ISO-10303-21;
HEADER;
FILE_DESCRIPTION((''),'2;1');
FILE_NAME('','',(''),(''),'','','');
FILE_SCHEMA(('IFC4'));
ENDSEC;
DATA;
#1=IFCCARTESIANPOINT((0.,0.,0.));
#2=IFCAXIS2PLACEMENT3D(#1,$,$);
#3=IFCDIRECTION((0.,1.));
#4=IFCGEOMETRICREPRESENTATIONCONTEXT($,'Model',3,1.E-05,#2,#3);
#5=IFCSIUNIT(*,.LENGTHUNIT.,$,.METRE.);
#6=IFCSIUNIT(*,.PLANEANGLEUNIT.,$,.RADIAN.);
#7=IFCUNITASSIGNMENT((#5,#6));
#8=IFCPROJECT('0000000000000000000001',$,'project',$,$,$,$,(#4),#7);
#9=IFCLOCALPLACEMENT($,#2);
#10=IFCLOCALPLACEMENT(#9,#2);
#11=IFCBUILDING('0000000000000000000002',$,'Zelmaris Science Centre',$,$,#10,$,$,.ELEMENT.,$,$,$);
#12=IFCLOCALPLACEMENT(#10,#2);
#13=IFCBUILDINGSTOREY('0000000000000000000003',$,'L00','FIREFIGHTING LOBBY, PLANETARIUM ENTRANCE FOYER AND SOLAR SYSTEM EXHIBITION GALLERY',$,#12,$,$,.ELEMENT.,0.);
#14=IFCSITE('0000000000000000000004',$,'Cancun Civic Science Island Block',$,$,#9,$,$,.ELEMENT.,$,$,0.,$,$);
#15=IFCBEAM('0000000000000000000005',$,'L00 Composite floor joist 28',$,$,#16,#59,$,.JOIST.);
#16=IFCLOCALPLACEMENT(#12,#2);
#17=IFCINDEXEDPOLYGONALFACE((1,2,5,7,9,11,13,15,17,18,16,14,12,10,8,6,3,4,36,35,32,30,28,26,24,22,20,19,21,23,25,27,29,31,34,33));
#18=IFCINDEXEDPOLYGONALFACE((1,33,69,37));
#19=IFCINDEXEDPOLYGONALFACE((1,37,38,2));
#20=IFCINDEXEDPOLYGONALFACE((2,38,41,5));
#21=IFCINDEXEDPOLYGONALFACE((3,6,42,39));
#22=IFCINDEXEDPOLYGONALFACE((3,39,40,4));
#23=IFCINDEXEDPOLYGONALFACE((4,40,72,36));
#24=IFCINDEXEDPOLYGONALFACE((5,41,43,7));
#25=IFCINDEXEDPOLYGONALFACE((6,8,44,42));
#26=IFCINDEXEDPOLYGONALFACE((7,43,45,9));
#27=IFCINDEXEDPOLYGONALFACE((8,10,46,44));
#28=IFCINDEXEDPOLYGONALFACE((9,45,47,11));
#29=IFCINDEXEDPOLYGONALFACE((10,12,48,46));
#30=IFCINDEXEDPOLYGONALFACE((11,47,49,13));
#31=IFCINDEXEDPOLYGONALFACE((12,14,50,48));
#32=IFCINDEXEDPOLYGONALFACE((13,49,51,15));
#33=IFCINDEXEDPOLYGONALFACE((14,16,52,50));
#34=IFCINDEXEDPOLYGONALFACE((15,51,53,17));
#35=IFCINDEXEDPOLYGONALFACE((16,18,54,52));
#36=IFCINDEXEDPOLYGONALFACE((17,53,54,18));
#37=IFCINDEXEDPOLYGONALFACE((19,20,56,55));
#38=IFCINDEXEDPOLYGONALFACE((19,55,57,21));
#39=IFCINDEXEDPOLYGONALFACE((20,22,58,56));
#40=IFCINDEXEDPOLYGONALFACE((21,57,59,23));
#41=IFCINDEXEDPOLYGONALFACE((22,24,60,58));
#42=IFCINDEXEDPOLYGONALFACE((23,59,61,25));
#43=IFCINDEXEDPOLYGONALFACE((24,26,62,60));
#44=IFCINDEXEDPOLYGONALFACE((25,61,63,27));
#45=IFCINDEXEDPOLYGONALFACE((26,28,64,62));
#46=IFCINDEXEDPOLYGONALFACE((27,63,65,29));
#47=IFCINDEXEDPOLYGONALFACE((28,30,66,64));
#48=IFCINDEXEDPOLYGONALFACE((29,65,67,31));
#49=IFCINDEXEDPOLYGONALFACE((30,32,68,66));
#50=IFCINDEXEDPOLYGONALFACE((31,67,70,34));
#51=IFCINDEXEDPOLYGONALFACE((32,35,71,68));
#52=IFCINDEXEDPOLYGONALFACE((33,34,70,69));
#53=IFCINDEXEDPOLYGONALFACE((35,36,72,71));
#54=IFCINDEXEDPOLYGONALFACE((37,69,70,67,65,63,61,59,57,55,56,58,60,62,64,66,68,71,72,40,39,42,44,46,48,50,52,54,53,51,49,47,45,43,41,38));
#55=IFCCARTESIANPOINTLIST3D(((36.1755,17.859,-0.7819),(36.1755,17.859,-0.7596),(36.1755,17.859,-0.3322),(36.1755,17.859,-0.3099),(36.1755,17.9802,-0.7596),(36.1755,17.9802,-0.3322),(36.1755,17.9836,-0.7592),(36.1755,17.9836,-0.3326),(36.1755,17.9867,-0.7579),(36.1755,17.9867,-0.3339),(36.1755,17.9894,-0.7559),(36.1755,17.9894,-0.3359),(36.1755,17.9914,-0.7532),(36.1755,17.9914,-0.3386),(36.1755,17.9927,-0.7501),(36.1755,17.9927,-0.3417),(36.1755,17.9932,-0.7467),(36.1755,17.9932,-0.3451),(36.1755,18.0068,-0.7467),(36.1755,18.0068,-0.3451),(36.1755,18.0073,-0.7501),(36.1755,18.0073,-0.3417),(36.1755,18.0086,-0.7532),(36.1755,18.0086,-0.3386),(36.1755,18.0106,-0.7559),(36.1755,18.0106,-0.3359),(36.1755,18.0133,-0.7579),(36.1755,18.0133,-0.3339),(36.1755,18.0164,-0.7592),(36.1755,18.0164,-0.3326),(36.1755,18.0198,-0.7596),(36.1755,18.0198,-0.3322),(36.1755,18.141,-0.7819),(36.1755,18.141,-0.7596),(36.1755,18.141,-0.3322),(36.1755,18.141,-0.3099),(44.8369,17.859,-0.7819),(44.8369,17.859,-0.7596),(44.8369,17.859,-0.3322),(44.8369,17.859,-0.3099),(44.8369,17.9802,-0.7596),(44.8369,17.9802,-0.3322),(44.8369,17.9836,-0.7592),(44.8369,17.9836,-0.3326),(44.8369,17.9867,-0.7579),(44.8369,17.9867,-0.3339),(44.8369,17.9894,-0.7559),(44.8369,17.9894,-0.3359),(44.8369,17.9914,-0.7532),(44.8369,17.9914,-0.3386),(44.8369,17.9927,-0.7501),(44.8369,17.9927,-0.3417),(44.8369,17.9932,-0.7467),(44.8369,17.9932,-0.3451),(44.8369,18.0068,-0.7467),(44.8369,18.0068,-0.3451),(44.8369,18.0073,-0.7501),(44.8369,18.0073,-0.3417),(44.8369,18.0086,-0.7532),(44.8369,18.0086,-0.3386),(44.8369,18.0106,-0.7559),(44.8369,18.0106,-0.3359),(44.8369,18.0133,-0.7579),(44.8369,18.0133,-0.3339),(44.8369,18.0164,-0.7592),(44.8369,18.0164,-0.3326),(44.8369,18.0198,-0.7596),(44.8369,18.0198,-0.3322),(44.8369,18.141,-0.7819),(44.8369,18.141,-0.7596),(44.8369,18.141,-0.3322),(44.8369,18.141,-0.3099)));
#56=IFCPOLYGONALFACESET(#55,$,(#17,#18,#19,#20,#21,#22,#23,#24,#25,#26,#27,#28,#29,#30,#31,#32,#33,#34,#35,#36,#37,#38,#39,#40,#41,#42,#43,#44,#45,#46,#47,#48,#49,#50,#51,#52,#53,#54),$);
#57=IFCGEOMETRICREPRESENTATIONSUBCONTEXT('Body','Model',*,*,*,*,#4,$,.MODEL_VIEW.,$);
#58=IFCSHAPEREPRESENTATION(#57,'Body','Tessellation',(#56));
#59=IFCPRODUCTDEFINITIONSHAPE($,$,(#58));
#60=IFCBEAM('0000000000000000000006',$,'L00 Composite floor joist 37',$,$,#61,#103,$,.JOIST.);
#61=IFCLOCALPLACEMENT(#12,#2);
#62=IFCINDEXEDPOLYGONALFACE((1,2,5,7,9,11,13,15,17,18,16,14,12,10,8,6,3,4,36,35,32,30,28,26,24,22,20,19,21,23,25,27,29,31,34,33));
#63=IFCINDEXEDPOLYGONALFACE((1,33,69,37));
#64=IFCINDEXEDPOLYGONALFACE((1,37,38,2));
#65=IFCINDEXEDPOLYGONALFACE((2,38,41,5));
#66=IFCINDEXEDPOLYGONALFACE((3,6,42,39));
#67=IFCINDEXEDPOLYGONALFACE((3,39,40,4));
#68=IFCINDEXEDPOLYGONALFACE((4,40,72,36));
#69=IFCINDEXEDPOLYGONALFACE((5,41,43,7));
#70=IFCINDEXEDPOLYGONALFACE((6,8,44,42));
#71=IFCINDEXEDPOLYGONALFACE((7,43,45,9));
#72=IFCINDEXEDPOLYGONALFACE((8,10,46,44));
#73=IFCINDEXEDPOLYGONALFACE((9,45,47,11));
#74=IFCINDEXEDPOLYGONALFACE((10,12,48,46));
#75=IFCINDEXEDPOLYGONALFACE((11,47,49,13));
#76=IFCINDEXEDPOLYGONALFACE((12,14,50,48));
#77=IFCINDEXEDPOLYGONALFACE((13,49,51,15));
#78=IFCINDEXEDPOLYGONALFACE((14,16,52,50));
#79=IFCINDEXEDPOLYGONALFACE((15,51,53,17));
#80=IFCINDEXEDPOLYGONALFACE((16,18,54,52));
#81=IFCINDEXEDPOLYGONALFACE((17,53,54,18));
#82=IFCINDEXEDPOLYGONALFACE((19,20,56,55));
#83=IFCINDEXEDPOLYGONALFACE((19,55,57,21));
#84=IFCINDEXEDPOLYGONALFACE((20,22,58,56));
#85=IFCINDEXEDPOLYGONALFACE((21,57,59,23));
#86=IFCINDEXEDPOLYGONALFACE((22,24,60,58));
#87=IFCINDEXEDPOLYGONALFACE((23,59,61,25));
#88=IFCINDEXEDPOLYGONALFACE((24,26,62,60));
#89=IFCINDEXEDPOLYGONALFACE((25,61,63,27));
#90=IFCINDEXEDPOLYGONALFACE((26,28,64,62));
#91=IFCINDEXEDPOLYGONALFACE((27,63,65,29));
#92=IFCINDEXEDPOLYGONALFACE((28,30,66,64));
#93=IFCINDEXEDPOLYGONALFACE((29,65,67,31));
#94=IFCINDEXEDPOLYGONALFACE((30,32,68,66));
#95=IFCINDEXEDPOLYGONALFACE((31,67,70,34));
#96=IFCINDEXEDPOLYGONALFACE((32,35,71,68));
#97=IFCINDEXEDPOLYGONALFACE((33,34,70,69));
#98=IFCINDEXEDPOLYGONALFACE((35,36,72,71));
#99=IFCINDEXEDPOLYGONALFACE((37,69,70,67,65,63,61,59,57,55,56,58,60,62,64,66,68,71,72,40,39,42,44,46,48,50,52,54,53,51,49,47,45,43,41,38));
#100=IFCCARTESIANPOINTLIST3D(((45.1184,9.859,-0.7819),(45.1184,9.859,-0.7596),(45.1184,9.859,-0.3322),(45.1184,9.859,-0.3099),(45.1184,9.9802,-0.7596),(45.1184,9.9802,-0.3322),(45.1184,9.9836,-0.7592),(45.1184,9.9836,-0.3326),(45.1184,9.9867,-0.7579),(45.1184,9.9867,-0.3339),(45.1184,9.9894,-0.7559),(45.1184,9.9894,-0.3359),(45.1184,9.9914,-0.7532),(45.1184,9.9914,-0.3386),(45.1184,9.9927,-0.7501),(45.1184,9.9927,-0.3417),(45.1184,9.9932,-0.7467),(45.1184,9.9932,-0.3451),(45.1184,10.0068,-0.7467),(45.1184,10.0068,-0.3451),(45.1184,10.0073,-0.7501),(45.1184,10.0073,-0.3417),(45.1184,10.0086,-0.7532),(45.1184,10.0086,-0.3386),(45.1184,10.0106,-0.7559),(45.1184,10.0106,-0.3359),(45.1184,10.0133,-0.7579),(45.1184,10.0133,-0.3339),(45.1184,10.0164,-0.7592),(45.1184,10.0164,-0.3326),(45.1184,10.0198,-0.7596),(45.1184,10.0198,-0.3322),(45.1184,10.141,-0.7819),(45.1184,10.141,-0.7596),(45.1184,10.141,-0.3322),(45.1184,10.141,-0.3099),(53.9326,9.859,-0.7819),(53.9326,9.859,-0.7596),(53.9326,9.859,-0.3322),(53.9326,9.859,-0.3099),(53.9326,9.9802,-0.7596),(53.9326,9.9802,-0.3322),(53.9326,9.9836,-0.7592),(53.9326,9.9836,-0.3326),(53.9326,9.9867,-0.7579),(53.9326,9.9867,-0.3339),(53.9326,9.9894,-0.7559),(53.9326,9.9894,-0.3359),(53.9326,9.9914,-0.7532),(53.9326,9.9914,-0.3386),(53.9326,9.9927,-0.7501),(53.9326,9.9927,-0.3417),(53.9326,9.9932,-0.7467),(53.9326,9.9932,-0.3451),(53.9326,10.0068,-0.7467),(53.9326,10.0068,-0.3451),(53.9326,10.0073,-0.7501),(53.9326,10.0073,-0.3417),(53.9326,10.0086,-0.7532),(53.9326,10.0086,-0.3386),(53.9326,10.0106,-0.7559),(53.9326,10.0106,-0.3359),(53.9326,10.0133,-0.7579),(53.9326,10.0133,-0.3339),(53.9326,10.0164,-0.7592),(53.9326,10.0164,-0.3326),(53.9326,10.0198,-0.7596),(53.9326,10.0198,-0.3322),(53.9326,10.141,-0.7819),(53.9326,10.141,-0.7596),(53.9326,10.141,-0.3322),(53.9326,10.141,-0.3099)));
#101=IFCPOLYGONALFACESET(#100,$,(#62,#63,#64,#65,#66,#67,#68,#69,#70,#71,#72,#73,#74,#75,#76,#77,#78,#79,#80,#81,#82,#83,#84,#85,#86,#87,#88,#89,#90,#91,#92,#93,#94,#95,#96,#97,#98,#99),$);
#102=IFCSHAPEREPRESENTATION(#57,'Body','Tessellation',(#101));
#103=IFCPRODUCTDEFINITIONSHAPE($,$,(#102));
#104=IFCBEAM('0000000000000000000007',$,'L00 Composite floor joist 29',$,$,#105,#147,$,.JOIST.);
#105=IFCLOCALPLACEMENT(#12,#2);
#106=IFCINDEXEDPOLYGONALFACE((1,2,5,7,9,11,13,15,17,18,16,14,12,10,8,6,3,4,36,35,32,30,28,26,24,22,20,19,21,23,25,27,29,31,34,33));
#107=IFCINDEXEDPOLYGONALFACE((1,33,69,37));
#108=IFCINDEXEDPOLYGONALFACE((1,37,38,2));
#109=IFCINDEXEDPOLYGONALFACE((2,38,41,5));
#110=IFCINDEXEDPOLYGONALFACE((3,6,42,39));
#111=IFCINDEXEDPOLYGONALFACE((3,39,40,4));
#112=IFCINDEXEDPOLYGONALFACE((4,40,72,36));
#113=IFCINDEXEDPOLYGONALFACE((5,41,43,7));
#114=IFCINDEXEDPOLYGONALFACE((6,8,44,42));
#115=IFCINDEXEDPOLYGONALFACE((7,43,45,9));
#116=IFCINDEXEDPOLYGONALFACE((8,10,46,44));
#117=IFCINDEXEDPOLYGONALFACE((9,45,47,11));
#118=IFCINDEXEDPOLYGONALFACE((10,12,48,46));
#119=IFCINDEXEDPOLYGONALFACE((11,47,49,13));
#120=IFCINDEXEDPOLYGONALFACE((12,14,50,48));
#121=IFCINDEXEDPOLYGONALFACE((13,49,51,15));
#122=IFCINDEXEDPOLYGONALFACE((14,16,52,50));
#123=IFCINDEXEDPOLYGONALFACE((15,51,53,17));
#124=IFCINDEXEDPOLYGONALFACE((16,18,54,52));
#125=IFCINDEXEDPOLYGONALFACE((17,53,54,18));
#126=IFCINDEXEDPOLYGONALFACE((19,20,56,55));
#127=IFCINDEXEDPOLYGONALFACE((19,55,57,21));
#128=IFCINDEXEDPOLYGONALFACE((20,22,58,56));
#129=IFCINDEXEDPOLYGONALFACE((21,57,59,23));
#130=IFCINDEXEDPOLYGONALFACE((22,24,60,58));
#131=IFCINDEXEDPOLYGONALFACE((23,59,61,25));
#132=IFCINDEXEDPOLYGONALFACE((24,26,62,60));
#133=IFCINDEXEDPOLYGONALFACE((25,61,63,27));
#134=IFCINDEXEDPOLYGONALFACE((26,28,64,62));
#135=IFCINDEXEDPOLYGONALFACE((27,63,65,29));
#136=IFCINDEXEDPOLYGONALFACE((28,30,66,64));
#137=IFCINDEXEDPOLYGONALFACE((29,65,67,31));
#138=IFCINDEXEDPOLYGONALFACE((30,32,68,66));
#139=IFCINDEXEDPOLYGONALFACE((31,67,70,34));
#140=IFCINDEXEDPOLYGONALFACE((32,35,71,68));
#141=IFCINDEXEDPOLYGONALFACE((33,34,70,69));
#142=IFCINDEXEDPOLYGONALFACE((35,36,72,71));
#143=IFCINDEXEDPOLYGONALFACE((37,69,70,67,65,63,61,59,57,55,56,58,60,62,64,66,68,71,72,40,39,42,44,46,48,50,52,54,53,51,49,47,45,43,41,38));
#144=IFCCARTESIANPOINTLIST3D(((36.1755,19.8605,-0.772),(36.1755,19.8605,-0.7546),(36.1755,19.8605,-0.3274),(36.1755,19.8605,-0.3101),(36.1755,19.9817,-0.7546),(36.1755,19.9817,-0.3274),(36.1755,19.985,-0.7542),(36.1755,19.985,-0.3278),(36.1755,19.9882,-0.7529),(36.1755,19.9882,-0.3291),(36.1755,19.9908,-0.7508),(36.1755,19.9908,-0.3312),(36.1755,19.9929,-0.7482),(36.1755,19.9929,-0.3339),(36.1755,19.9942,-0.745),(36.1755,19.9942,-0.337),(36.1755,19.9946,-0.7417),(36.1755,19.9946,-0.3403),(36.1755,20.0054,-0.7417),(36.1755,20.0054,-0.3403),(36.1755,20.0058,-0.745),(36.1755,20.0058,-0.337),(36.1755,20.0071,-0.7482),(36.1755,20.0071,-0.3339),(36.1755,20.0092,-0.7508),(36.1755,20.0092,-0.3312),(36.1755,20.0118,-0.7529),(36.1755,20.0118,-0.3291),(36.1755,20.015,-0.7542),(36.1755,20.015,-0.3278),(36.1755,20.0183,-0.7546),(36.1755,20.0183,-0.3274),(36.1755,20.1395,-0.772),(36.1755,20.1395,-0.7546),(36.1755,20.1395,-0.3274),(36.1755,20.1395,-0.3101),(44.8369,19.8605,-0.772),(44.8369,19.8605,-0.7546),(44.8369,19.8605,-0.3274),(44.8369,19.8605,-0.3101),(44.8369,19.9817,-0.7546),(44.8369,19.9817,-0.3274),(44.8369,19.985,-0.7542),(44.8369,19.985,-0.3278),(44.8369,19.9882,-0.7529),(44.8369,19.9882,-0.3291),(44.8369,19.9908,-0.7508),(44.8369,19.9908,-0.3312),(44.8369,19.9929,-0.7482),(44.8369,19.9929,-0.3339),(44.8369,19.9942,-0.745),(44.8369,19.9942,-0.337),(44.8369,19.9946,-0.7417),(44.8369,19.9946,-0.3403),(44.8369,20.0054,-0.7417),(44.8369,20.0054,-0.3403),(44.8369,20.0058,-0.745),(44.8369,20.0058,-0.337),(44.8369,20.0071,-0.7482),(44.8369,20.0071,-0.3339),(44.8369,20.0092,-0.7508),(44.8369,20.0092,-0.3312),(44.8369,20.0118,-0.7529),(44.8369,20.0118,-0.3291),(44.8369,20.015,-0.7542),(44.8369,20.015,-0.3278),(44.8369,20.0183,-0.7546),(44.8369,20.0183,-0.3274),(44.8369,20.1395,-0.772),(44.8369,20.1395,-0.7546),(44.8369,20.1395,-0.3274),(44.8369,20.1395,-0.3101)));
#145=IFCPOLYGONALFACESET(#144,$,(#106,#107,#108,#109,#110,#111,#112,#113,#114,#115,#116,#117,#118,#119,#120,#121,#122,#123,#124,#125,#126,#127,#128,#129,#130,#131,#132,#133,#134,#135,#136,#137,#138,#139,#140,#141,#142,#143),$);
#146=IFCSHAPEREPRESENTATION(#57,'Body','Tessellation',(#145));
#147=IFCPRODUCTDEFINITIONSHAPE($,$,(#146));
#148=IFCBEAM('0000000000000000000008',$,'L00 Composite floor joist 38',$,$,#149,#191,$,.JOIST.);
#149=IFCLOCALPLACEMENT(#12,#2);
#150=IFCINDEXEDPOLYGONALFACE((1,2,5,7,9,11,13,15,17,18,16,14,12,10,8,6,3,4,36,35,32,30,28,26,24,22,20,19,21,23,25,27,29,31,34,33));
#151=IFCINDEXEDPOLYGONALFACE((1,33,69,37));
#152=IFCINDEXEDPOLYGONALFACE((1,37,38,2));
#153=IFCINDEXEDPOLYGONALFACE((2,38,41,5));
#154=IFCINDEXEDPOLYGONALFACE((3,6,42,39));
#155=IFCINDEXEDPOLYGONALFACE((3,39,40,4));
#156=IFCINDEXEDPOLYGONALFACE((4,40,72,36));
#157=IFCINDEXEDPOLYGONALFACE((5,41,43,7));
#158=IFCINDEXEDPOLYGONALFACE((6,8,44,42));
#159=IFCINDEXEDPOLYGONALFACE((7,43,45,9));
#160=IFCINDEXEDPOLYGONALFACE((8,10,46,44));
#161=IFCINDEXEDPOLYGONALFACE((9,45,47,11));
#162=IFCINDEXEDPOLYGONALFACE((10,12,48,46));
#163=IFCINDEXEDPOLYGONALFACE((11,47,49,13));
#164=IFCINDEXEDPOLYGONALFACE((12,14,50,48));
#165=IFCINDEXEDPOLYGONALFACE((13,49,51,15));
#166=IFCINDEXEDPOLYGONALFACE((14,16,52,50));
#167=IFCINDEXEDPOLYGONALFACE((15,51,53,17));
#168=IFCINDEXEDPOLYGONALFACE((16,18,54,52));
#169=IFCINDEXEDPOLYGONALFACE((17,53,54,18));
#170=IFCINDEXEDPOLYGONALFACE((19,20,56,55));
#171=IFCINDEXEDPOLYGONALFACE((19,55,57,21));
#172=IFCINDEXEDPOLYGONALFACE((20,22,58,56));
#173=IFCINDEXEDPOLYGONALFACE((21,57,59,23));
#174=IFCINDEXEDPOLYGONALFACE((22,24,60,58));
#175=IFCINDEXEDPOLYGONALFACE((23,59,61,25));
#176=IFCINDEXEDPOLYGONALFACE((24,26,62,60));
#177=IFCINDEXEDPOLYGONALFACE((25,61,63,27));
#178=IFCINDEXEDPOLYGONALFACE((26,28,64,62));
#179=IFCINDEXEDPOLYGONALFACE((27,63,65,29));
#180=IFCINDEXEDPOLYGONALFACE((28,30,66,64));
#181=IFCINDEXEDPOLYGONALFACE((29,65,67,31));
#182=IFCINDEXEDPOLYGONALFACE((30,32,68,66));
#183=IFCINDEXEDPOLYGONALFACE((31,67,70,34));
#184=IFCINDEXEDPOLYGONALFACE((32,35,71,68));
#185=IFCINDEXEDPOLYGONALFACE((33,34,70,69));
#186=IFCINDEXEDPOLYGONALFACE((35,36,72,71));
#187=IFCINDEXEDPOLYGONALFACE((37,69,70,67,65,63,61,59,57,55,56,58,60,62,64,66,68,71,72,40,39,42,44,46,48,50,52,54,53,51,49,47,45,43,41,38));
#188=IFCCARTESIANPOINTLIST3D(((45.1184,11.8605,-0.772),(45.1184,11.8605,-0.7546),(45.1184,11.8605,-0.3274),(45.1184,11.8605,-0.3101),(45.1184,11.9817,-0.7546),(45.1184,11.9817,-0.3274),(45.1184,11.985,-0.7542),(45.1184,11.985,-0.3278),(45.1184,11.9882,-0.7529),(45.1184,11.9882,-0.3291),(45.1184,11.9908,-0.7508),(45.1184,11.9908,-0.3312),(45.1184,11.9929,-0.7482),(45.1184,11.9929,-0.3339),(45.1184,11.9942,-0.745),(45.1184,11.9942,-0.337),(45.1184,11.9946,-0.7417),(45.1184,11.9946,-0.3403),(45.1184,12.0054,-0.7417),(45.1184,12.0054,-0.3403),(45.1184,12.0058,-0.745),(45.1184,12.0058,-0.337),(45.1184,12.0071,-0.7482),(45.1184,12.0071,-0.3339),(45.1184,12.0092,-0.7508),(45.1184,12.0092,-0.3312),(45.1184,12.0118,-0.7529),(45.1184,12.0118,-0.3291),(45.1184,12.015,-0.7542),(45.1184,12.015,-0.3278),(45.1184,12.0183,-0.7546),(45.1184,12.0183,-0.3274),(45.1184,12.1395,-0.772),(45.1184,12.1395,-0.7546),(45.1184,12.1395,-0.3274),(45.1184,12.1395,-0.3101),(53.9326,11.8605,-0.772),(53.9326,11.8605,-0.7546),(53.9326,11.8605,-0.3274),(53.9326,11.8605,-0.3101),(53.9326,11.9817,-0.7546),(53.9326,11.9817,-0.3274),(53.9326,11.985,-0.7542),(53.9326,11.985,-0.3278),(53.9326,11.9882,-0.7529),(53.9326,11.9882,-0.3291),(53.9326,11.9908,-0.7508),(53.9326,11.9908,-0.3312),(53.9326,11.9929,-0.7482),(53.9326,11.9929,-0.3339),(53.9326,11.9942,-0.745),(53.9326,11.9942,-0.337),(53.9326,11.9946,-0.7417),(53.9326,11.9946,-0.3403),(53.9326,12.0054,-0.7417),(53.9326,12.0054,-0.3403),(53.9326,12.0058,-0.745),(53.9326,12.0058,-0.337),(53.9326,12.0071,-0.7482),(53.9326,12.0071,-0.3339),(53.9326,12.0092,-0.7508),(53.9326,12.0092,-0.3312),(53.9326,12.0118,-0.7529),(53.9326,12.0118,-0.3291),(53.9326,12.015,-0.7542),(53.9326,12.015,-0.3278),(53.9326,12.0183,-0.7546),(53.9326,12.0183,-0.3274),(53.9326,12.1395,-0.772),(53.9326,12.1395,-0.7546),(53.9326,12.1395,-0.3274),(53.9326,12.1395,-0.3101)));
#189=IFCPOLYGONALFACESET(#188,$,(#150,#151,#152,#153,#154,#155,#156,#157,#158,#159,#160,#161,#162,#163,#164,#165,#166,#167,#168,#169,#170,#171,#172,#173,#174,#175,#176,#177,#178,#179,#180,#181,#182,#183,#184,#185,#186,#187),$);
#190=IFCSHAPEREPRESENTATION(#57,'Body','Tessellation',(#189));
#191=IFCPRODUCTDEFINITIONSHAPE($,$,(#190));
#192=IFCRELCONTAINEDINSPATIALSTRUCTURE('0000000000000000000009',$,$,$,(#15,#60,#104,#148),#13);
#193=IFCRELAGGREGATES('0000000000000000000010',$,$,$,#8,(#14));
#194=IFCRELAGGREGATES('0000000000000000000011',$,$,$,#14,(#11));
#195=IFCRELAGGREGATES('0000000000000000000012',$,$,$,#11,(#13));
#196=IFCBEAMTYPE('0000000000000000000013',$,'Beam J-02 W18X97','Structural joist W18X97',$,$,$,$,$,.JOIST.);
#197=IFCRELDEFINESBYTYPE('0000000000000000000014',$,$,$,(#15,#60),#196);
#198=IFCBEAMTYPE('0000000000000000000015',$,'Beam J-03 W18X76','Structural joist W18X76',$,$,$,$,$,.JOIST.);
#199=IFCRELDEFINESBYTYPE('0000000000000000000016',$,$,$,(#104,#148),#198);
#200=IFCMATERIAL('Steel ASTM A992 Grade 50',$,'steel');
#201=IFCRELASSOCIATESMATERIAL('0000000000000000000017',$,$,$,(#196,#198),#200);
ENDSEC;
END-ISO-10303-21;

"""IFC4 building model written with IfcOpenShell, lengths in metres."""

from ifc_helpers import new_model, si_unit, direction, frame, origin, origin_2d, place, context, subcontext, project, spatial, i_section, extrude, material, material_profile, profile_set, type_object, element, save


model = new_model("IFC4")

# Units and contexts
model_context = context("Model", 3, precision=1e-05, world=origin(), true_north=direction((0.0, 1.0)))
body_context = subcontext(model_context, "Body", "Model", "MODEL_VIEW")
ifc_project = project(units=[si_unit("LENGTHUNIT", "METRE"), si_unit("PLANEANGLEUNIT", "RADIAN")], contexts=[model_context])

# Site, building, storey
site_placement = place(None, origin())
site = spatial("IfcSite", under=ifc_project, at=site_placement, Name="Cancun Civic Science Island Block", CompositionType="ELEMENT", RefElevation=0.0)
building_placement = place(site_placement, origin())
building = spatial("IfcBuilding", under=site, at=building_placement, Name="Zelmaris Science Centre", CompositionType="ELEMENT")
storey_placement = place(building_placement, origin())
storey = spatial("IfcBuildingStorey", under=building, at=storey_placement, Name="L00", Description="FIREFIGHTING LOBBY, PLANETARIUM ENTRANCE FOYER AND SOLAR SYSTEM EXHIBITION GALLERY", CompositionType="ELEMENT", Elevation=0.0)

# Shared definitions
ifc_material_1 = material(Name="Steel ASTM A992 Grade 50", Category="steel")

# Beams
ifc_material_profile_1 = material_profile(ifc_material_1, i_section(OverallWidth=0.282, OverallDepth=0.4719, WebThickness=0.0137, FlangeThickness=0.0222, FilletRadius=0.0129, at=origin_2d()), Name="W18X97")
ifc_profile_set_1 = profile_set([ifc_material_profile_1], Name="Steel ASTM A992 Grade 50")
beam_type_1 = type_object("IfcBeamType", Name="Beam J-02 W18X97", Description="Structural joist W18X97", PredefinedType="JOIST", material=ifc_profile_set_1)
beam_1_placement = place(storey_placement, frame((36.1755, 18.0, -0.5459), z_axis=(1.0, 0.0, 0.0), x_axis=(0.0, 1.0, 0.0)))
element("IfcBeam", 1, at=beam_1_placement, inside=storey, type_object=beam_type_1, Name="L00 Composite floor joist 28", PredefinedType="JOIST", context=body_context, shape_type="SweptSolid", body=[
    extrude(i_section(OverallWidth=0.282, OverallDepth=0.4719, WebThickness=0.0137, FlangeThickness=0.0222, FilletRadius=0.0129, at=origin_2d()), origin(), (0.0, 0.0, 1.0), 8.6614),
])
beam_2_placement = place(storey_placement, frame((45.1184, 10.0, -0.5459), z_axis=(1.0, 0.0, 0.0), x_axis=(0.0, 1.0, 0.0)))
element("IfcBeam", 2, at=beam_2_placement, inside=storey, type_object=beam_type_1, Name="L00 Composite floor joist 37", PredefinedType="JOIST", context=body_context, shape_type="SweptSolid", body=[
    extrude(i_section(OverallWidth=0.282, OverallDepth=0.4719, WebThickness=0.0137, FlangeThickness=0.0222, FilletRadius=0.0129, at=origin_2d()), origin(), (0.0, 0.0, 1.0), 8.8142),
])
ifc_material_profile_2 = material_profile(ifc_material_1, i_section(OverallWidth=0.2791, OverallDepth=0.4619, WebThickness=0.0107, FlangeThickness=0.0173, FilletRadius=0.0129, at=origin_2d()), Name="W18X76")
ifc_profile_set_2 = profile_set([ifc_material_profile_2], Name="Steel ASTM A992 Grade 50")
beam_type_2 = type_object("IfcBeamType", Name="Beam J-03 W18X76", Description="Structural joist W18X76", PredefinedType="JOIST", material=ifc_profile_set_2)
beam_3_placement = place(storey_placement, frame((36.1755, 20.0, -0.541), z_axis=(1.0, 0.0, 0.0), x_axis=(0.0, 1.0, 0.0)))
element("IfcBeam", 3, at=beam_3_placement, inside=storey, type_object=beam_type_2, Name="L00 Composite floor joist 29", PredefinedType="JOIST", context=body_context, shape_type="SweptSolid", body=[
    extrude(i_section(OverallWidth=0.2791, OverallDepth=0.4619, WebThickness=0.0107, FlangeThickness=0.0173, FilletRadius=0.0129, at=origin_2d()), origin(), (0.0, 0.0, 1.0), 8.6614),
])
beam_4_placement = place(storey_placement, frame((45.1184, 12.0, -0.541), z_axis=(1.0, 0.0, 0.0), x_axis=(0.0, 1.0, 0.0)))
element("IfcBeam", 4, at=beam_4_placement, inside=storey, type_object=beam_type_2, Name="L00 Composite floor joist 38", PredefinedType="JOIST", context=body_context, shape_type="SweptSolid", body=[
    extrude(i_section(OverallWidth=0.2791, OverallDepth=0.4619, WebThickness=0.0107, FlangeThickness=0.0173, FilletRadius=0.0129, at=origin_2d()), origin(), (0.0, 0.0, 1.0), 8.8142),
])

save(model, "model.ifc")
